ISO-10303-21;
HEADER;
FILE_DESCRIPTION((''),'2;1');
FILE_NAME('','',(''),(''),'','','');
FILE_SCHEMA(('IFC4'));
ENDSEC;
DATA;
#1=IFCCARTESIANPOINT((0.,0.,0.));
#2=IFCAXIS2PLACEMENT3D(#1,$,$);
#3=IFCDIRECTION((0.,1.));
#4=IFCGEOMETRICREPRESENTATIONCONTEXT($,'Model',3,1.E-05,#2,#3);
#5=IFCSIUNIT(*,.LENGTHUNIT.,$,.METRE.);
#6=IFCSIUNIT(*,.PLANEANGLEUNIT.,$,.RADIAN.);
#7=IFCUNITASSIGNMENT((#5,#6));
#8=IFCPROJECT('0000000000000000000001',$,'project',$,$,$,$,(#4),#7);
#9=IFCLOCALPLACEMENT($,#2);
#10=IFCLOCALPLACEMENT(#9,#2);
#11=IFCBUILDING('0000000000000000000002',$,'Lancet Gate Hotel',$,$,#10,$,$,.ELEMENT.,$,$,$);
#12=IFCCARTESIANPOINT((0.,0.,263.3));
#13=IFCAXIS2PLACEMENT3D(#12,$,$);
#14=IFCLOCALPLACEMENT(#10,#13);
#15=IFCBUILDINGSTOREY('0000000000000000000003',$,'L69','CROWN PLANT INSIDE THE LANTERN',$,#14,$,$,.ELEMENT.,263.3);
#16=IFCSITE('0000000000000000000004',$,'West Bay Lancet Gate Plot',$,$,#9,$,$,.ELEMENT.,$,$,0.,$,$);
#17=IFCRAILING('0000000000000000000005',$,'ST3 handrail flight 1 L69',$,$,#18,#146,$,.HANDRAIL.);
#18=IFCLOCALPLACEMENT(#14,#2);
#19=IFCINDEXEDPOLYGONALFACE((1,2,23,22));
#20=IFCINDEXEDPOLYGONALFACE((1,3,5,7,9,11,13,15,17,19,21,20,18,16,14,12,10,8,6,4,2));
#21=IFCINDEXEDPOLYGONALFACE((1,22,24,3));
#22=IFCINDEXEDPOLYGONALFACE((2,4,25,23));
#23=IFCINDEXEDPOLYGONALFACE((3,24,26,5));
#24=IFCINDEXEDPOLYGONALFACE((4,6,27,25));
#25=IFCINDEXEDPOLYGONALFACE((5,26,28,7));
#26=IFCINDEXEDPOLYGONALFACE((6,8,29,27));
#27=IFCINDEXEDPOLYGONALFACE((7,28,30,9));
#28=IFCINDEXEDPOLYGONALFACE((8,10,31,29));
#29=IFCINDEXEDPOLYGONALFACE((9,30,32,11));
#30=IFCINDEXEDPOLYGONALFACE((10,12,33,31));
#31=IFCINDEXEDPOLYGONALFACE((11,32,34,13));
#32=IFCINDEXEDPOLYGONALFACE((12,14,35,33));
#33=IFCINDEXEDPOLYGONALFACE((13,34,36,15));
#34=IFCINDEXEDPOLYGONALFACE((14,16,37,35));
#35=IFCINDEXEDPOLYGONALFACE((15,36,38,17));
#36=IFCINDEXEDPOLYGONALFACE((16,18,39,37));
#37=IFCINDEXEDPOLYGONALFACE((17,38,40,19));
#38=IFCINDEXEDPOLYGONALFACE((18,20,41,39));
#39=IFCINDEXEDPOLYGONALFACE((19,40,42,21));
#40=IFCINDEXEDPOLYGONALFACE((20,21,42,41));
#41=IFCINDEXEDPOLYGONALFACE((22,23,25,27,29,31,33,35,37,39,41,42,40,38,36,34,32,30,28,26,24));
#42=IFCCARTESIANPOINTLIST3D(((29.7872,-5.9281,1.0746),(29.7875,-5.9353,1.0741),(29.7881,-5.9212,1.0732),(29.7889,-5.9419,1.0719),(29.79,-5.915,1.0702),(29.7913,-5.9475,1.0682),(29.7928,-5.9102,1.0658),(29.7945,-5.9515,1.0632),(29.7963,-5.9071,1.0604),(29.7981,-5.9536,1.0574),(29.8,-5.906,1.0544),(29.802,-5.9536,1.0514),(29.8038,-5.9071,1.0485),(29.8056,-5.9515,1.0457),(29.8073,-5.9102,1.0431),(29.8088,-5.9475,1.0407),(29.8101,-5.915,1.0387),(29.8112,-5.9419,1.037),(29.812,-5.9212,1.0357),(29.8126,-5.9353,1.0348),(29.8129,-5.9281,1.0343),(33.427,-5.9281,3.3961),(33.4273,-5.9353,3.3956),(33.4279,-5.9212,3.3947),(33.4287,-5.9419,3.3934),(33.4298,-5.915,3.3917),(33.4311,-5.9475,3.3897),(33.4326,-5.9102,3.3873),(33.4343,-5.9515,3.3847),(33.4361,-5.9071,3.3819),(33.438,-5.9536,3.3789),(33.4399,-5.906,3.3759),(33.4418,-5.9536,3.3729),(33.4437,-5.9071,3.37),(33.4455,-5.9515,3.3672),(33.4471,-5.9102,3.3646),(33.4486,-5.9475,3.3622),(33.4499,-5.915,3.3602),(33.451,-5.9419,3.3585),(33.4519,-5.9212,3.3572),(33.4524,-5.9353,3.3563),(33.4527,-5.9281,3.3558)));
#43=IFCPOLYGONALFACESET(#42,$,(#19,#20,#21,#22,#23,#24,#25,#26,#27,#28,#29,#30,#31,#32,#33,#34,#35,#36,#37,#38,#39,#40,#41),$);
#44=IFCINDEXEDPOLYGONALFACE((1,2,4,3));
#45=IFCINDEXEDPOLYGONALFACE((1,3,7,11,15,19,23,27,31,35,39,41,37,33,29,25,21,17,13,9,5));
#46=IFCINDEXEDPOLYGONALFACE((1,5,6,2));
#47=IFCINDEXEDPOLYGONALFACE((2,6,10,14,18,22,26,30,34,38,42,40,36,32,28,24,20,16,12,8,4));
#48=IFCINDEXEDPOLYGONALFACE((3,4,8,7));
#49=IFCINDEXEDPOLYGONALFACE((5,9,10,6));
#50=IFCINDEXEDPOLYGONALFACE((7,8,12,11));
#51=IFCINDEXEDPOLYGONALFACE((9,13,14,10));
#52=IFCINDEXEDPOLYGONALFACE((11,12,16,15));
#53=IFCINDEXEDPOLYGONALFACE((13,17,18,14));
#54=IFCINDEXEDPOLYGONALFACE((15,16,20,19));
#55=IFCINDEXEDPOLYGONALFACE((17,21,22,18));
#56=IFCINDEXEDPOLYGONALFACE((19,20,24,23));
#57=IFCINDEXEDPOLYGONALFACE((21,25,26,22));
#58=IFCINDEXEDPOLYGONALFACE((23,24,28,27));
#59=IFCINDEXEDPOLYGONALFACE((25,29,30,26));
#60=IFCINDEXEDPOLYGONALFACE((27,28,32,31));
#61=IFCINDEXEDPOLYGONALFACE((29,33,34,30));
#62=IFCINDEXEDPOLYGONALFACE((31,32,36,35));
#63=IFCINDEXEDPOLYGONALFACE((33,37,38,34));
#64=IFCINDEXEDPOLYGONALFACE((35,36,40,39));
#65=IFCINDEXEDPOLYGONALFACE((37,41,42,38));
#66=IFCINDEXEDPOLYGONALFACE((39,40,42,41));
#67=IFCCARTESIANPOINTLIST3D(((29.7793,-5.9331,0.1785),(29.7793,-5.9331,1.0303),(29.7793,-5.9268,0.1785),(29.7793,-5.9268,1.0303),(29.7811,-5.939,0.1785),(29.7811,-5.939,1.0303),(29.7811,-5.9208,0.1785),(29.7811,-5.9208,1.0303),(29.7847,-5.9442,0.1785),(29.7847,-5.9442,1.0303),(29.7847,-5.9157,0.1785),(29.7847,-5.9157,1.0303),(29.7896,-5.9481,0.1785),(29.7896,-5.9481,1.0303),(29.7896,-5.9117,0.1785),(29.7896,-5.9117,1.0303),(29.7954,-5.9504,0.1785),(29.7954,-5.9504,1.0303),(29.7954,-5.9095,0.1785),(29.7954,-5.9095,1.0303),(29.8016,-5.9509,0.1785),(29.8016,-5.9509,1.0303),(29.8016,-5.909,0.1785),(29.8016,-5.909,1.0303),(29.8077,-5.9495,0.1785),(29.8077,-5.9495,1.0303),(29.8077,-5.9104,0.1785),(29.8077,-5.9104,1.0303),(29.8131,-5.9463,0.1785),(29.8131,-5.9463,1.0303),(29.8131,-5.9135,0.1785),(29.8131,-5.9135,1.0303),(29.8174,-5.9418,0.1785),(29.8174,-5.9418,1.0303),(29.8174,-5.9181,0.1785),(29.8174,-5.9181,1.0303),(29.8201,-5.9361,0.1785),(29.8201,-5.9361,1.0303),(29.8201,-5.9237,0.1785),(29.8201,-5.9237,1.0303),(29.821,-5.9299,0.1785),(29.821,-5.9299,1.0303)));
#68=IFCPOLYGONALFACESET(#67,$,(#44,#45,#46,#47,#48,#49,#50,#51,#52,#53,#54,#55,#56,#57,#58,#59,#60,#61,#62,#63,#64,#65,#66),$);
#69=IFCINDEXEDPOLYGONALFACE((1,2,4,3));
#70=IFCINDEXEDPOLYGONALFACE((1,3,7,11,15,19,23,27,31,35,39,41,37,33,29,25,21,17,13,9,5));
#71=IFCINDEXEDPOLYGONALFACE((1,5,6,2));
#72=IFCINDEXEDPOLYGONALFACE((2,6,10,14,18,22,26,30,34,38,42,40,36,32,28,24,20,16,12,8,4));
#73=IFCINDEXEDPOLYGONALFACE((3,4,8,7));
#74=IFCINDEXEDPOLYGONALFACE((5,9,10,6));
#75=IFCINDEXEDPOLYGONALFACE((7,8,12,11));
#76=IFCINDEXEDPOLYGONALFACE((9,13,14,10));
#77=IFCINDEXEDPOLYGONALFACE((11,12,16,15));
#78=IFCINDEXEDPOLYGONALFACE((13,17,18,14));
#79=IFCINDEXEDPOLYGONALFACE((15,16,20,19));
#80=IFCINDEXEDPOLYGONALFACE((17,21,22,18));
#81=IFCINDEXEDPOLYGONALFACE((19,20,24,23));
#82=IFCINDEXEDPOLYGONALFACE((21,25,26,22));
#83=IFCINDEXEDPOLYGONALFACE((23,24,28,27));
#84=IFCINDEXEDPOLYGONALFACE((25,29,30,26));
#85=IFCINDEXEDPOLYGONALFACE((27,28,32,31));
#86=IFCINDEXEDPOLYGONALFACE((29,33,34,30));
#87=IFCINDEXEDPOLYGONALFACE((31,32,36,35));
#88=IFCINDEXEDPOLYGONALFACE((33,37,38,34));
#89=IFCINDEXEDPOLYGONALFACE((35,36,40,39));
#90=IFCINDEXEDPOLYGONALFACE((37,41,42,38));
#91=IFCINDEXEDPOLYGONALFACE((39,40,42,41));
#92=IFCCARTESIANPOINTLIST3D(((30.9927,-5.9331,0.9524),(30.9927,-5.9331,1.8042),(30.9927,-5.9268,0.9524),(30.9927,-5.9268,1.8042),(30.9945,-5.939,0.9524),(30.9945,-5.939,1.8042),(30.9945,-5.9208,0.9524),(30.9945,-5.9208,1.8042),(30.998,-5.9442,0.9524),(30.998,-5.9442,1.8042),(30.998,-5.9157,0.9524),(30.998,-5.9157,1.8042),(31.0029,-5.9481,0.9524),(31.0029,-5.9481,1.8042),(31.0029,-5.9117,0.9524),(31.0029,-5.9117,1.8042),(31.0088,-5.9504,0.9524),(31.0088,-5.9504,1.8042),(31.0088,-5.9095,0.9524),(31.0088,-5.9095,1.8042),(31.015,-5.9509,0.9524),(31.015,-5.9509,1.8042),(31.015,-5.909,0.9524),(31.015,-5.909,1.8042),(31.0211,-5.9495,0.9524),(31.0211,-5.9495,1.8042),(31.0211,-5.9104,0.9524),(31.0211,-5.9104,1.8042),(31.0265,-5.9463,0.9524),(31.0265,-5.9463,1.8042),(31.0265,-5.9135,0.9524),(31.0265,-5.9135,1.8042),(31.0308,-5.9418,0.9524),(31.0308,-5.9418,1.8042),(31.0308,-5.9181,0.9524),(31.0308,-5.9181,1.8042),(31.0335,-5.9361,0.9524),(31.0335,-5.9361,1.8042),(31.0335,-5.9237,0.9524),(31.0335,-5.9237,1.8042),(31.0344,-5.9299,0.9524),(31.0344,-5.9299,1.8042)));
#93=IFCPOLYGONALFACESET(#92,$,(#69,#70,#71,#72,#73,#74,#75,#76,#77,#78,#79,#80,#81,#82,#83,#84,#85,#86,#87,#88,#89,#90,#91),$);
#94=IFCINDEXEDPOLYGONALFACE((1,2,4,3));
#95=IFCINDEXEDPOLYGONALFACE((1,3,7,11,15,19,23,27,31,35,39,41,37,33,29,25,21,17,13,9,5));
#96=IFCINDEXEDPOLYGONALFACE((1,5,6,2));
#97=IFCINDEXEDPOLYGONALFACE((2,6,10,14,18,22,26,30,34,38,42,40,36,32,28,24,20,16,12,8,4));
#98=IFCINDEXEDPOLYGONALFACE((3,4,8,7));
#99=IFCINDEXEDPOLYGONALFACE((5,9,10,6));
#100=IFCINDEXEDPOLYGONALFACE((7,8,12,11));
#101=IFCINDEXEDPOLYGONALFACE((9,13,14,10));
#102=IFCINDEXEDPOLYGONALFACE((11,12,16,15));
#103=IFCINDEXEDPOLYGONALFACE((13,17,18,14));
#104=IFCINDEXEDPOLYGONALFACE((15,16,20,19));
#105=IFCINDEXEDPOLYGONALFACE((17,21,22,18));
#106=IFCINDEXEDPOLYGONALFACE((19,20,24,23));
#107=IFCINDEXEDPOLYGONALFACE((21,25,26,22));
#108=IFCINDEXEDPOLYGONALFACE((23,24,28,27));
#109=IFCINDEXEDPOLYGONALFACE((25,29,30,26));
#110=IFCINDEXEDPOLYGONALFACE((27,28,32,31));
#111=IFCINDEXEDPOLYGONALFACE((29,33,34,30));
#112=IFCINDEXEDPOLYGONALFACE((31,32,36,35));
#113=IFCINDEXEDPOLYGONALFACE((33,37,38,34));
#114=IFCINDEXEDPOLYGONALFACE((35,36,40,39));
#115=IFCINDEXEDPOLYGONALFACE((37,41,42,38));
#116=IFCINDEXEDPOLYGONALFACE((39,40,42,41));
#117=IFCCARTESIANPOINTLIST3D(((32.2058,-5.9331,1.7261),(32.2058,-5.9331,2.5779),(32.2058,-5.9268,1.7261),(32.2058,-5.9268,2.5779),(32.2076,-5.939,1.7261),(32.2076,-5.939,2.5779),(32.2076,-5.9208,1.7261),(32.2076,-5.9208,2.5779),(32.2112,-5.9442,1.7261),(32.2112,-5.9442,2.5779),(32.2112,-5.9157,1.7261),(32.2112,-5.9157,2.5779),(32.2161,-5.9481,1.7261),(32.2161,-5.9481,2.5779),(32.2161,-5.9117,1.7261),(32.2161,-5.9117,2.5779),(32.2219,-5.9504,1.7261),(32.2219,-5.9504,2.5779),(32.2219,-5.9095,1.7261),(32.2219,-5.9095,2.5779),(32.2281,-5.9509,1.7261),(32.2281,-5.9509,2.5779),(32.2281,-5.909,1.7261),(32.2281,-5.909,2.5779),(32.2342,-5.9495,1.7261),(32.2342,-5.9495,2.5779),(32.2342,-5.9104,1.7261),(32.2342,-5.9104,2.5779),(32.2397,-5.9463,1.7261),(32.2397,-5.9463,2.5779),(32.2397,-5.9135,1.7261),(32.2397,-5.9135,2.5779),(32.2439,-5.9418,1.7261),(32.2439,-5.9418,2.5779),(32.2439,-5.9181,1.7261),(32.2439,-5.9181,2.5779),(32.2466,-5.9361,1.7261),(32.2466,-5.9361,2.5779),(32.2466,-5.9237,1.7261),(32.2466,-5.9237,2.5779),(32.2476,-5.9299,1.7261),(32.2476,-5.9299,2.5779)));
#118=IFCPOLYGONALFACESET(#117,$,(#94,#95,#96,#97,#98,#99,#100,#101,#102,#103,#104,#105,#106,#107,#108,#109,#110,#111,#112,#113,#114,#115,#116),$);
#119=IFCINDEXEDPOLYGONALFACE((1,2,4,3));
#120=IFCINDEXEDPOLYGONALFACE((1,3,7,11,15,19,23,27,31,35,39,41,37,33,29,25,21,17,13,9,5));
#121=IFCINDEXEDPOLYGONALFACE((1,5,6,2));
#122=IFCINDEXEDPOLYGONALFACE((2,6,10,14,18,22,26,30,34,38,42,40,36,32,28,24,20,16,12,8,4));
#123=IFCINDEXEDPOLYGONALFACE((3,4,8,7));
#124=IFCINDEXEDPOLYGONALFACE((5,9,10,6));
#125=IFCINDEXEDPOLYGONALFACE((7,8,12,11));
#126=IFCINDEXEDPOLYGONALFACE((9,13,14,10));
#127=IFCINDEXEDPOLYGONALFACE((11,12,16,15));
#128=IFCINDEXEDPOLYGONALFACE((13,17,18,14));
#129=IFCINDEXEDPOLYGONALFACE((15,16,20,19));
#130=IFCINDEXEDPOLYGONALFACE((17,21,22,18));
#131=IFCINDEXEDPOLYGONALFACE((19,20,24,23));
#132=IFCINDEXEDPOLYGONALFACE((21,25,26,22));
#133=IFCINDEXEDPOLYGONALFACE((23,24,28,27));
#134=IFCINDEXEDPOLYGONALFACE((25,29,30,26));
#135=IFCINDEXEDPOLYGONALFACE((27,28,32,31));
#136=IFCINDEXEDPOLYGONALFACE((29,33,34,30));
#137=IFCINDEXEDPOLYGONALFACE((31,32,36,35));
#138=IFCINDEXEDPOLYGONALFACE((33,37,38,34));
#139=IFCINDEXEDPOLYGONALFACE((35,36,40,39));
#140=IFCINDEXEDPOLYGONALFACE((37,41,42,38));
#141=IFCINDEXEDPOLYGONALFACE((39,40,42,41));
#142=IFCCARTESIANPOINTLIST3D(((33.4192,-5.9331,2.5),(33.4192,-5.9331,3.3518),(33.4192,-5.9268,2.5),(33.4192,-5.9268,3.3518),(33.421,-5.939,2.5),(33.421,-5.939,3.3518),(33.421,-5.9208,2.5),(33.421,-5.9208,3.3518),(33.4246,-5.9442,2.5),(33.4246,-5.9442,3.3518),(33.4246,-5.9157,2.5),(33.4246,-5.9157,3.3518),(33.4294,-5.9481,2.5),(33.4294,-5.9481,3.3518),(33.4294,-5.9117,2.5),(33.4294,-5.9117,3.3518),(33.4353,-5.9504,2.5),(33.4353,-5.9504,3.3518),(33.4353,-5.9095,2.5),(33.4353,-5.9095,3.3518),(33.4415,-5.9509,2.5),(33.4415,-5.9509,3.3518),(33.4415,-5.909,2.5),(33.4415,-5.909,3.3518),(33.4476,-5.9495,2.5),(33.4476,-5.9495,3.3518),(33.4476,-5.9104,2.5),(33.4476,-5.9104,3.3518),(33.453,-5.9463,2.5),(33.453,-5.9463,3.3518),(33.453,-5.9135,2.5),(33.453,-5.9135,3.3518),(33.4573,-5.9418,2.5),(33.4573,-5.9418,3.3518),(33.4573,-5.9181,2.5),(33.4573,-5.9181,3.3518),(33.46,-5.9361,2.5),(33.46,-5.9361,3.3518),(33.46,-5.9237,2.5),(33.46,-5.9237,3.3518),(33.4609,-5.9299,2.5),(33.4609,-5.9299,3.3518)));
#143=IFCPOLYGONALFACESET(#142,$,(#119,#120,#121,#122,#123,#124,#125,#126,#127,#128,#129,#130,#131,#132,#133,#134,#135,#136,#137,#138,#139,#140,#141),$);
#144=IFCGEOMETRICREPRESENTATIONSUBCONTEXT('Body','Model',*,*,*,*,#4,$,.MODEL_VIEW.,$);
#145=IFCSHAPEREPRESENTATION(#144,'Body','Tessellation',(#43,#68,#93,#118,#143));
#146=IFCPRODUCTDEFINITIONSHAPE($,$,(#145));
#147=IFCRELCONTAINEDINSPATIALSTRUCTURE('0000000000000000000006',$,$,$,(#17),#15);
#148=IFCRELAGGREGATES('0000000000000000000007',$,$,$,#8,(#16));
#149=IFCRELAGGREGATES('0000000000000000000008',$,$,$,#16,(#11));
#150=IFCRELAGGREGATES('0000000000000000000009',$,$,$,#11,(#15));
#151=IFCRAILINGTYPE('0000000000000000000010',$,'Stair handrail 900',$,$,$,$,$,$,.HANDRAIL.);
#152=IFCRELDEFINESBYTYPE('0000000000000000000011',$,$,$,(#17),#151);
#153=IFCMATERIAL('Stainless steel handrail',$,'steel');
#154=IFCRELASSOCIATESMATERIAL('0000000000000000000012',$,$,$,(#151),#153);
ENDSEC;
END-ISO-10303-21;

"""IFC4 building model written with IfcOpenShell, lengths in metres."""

from ifc_helpers import new_model, si_unit, direction, frame, origin, origin_2d, place, context, subcontext, project, spatial, circle, extrude, material, type_object, element, save


model = new_model("IFC4")

# Units and contexts
model_context = context("Model", 3, precision=1e-05, world=origin(), true_north=direction((0.0, 1.0)))
body_context = subcontext(model_context, "Body", "Model", "MODEL_VIEW")
ifc_project = project(units=[si_unit("LENGTHUNIT", "METRE"), si_unit("PLANEANGLEUNIT", "RADIAN")], contexts=[model_context])

# Site, building, storey
site_placement = place(None, origin())
site = spatial("IfcSite", under=ifc_project, at=site_placement, Name="West Bay Lancet Gate Plot", CompositionType="ELEMENT", RefElevation=0.0)
building_placement = place(site_placement, origin())
building = spatial("IfcBuilding", under=site, at=building_placement, Name="Lancet Gate Hotel", CompositionType="ELEMENT")
storey_placement = place(building_placement, frame((0.0, 0.0, 263.3)))
storey = spatial("IfcBuildingStorey", under=building, at=storey_placement, Name="L69", Description="CROWN PLANT INSIDE THE LANTERN", CompositionType="ELEMENT", Elevation=263.3)

# Railing
ifc_material_1 = material(Name="Stainless steel handrail", Category="steel")
railing_type = type_object("IfcRailingType", Name="Stair handrail 900", PredefinedType="HANDRAIL", material=ifc_material_1)
railing_1_placement = place(storey_placement, frame((29.8, -5.9299, 0.1785)))
element("IfcRailing", 1, at=railing_1_placement, inside=storey, type_object=railing_type, Name="ST3 handrail flight 1 L69", PredefinedType="HANDRAIL", context=body_context, shape_type="SweptSolid", body=[
    extrude(circle(Radius=0.0239, at=origin_2d()), frame((0.0, 0.0, 0.876), z_axis=(0.843112, 0.0, 0.537739), x_axis=(0.0, 1.0, 0.0)), (0.0, 0.0, 1.0), 4.3171),
    extrude(circle(Radius=0.021, at=origin_2d()), origin(), (0.0, 0.0, 1.0), 0.8518),
    extrude(circle(Radius=0.021, at=origin_2d()), frame((1.2134, 0.0, 0.7739)), (0.0, 0.0, 1.0), 0.8518),
    extrude(circle(Radius=0.021, at=origin_2d()), frame((2.4265, 0.0, 1.5476)), (0.0, 0.0, 1.0), 0.8518),
    extrude(circle(Radius=0.021, at=origin_2d()), frame((3.6399, 0.0, 2.3215)), (0.0, 0.0, 1.0), 0.8518),
])

save(model, "model.ifc")
